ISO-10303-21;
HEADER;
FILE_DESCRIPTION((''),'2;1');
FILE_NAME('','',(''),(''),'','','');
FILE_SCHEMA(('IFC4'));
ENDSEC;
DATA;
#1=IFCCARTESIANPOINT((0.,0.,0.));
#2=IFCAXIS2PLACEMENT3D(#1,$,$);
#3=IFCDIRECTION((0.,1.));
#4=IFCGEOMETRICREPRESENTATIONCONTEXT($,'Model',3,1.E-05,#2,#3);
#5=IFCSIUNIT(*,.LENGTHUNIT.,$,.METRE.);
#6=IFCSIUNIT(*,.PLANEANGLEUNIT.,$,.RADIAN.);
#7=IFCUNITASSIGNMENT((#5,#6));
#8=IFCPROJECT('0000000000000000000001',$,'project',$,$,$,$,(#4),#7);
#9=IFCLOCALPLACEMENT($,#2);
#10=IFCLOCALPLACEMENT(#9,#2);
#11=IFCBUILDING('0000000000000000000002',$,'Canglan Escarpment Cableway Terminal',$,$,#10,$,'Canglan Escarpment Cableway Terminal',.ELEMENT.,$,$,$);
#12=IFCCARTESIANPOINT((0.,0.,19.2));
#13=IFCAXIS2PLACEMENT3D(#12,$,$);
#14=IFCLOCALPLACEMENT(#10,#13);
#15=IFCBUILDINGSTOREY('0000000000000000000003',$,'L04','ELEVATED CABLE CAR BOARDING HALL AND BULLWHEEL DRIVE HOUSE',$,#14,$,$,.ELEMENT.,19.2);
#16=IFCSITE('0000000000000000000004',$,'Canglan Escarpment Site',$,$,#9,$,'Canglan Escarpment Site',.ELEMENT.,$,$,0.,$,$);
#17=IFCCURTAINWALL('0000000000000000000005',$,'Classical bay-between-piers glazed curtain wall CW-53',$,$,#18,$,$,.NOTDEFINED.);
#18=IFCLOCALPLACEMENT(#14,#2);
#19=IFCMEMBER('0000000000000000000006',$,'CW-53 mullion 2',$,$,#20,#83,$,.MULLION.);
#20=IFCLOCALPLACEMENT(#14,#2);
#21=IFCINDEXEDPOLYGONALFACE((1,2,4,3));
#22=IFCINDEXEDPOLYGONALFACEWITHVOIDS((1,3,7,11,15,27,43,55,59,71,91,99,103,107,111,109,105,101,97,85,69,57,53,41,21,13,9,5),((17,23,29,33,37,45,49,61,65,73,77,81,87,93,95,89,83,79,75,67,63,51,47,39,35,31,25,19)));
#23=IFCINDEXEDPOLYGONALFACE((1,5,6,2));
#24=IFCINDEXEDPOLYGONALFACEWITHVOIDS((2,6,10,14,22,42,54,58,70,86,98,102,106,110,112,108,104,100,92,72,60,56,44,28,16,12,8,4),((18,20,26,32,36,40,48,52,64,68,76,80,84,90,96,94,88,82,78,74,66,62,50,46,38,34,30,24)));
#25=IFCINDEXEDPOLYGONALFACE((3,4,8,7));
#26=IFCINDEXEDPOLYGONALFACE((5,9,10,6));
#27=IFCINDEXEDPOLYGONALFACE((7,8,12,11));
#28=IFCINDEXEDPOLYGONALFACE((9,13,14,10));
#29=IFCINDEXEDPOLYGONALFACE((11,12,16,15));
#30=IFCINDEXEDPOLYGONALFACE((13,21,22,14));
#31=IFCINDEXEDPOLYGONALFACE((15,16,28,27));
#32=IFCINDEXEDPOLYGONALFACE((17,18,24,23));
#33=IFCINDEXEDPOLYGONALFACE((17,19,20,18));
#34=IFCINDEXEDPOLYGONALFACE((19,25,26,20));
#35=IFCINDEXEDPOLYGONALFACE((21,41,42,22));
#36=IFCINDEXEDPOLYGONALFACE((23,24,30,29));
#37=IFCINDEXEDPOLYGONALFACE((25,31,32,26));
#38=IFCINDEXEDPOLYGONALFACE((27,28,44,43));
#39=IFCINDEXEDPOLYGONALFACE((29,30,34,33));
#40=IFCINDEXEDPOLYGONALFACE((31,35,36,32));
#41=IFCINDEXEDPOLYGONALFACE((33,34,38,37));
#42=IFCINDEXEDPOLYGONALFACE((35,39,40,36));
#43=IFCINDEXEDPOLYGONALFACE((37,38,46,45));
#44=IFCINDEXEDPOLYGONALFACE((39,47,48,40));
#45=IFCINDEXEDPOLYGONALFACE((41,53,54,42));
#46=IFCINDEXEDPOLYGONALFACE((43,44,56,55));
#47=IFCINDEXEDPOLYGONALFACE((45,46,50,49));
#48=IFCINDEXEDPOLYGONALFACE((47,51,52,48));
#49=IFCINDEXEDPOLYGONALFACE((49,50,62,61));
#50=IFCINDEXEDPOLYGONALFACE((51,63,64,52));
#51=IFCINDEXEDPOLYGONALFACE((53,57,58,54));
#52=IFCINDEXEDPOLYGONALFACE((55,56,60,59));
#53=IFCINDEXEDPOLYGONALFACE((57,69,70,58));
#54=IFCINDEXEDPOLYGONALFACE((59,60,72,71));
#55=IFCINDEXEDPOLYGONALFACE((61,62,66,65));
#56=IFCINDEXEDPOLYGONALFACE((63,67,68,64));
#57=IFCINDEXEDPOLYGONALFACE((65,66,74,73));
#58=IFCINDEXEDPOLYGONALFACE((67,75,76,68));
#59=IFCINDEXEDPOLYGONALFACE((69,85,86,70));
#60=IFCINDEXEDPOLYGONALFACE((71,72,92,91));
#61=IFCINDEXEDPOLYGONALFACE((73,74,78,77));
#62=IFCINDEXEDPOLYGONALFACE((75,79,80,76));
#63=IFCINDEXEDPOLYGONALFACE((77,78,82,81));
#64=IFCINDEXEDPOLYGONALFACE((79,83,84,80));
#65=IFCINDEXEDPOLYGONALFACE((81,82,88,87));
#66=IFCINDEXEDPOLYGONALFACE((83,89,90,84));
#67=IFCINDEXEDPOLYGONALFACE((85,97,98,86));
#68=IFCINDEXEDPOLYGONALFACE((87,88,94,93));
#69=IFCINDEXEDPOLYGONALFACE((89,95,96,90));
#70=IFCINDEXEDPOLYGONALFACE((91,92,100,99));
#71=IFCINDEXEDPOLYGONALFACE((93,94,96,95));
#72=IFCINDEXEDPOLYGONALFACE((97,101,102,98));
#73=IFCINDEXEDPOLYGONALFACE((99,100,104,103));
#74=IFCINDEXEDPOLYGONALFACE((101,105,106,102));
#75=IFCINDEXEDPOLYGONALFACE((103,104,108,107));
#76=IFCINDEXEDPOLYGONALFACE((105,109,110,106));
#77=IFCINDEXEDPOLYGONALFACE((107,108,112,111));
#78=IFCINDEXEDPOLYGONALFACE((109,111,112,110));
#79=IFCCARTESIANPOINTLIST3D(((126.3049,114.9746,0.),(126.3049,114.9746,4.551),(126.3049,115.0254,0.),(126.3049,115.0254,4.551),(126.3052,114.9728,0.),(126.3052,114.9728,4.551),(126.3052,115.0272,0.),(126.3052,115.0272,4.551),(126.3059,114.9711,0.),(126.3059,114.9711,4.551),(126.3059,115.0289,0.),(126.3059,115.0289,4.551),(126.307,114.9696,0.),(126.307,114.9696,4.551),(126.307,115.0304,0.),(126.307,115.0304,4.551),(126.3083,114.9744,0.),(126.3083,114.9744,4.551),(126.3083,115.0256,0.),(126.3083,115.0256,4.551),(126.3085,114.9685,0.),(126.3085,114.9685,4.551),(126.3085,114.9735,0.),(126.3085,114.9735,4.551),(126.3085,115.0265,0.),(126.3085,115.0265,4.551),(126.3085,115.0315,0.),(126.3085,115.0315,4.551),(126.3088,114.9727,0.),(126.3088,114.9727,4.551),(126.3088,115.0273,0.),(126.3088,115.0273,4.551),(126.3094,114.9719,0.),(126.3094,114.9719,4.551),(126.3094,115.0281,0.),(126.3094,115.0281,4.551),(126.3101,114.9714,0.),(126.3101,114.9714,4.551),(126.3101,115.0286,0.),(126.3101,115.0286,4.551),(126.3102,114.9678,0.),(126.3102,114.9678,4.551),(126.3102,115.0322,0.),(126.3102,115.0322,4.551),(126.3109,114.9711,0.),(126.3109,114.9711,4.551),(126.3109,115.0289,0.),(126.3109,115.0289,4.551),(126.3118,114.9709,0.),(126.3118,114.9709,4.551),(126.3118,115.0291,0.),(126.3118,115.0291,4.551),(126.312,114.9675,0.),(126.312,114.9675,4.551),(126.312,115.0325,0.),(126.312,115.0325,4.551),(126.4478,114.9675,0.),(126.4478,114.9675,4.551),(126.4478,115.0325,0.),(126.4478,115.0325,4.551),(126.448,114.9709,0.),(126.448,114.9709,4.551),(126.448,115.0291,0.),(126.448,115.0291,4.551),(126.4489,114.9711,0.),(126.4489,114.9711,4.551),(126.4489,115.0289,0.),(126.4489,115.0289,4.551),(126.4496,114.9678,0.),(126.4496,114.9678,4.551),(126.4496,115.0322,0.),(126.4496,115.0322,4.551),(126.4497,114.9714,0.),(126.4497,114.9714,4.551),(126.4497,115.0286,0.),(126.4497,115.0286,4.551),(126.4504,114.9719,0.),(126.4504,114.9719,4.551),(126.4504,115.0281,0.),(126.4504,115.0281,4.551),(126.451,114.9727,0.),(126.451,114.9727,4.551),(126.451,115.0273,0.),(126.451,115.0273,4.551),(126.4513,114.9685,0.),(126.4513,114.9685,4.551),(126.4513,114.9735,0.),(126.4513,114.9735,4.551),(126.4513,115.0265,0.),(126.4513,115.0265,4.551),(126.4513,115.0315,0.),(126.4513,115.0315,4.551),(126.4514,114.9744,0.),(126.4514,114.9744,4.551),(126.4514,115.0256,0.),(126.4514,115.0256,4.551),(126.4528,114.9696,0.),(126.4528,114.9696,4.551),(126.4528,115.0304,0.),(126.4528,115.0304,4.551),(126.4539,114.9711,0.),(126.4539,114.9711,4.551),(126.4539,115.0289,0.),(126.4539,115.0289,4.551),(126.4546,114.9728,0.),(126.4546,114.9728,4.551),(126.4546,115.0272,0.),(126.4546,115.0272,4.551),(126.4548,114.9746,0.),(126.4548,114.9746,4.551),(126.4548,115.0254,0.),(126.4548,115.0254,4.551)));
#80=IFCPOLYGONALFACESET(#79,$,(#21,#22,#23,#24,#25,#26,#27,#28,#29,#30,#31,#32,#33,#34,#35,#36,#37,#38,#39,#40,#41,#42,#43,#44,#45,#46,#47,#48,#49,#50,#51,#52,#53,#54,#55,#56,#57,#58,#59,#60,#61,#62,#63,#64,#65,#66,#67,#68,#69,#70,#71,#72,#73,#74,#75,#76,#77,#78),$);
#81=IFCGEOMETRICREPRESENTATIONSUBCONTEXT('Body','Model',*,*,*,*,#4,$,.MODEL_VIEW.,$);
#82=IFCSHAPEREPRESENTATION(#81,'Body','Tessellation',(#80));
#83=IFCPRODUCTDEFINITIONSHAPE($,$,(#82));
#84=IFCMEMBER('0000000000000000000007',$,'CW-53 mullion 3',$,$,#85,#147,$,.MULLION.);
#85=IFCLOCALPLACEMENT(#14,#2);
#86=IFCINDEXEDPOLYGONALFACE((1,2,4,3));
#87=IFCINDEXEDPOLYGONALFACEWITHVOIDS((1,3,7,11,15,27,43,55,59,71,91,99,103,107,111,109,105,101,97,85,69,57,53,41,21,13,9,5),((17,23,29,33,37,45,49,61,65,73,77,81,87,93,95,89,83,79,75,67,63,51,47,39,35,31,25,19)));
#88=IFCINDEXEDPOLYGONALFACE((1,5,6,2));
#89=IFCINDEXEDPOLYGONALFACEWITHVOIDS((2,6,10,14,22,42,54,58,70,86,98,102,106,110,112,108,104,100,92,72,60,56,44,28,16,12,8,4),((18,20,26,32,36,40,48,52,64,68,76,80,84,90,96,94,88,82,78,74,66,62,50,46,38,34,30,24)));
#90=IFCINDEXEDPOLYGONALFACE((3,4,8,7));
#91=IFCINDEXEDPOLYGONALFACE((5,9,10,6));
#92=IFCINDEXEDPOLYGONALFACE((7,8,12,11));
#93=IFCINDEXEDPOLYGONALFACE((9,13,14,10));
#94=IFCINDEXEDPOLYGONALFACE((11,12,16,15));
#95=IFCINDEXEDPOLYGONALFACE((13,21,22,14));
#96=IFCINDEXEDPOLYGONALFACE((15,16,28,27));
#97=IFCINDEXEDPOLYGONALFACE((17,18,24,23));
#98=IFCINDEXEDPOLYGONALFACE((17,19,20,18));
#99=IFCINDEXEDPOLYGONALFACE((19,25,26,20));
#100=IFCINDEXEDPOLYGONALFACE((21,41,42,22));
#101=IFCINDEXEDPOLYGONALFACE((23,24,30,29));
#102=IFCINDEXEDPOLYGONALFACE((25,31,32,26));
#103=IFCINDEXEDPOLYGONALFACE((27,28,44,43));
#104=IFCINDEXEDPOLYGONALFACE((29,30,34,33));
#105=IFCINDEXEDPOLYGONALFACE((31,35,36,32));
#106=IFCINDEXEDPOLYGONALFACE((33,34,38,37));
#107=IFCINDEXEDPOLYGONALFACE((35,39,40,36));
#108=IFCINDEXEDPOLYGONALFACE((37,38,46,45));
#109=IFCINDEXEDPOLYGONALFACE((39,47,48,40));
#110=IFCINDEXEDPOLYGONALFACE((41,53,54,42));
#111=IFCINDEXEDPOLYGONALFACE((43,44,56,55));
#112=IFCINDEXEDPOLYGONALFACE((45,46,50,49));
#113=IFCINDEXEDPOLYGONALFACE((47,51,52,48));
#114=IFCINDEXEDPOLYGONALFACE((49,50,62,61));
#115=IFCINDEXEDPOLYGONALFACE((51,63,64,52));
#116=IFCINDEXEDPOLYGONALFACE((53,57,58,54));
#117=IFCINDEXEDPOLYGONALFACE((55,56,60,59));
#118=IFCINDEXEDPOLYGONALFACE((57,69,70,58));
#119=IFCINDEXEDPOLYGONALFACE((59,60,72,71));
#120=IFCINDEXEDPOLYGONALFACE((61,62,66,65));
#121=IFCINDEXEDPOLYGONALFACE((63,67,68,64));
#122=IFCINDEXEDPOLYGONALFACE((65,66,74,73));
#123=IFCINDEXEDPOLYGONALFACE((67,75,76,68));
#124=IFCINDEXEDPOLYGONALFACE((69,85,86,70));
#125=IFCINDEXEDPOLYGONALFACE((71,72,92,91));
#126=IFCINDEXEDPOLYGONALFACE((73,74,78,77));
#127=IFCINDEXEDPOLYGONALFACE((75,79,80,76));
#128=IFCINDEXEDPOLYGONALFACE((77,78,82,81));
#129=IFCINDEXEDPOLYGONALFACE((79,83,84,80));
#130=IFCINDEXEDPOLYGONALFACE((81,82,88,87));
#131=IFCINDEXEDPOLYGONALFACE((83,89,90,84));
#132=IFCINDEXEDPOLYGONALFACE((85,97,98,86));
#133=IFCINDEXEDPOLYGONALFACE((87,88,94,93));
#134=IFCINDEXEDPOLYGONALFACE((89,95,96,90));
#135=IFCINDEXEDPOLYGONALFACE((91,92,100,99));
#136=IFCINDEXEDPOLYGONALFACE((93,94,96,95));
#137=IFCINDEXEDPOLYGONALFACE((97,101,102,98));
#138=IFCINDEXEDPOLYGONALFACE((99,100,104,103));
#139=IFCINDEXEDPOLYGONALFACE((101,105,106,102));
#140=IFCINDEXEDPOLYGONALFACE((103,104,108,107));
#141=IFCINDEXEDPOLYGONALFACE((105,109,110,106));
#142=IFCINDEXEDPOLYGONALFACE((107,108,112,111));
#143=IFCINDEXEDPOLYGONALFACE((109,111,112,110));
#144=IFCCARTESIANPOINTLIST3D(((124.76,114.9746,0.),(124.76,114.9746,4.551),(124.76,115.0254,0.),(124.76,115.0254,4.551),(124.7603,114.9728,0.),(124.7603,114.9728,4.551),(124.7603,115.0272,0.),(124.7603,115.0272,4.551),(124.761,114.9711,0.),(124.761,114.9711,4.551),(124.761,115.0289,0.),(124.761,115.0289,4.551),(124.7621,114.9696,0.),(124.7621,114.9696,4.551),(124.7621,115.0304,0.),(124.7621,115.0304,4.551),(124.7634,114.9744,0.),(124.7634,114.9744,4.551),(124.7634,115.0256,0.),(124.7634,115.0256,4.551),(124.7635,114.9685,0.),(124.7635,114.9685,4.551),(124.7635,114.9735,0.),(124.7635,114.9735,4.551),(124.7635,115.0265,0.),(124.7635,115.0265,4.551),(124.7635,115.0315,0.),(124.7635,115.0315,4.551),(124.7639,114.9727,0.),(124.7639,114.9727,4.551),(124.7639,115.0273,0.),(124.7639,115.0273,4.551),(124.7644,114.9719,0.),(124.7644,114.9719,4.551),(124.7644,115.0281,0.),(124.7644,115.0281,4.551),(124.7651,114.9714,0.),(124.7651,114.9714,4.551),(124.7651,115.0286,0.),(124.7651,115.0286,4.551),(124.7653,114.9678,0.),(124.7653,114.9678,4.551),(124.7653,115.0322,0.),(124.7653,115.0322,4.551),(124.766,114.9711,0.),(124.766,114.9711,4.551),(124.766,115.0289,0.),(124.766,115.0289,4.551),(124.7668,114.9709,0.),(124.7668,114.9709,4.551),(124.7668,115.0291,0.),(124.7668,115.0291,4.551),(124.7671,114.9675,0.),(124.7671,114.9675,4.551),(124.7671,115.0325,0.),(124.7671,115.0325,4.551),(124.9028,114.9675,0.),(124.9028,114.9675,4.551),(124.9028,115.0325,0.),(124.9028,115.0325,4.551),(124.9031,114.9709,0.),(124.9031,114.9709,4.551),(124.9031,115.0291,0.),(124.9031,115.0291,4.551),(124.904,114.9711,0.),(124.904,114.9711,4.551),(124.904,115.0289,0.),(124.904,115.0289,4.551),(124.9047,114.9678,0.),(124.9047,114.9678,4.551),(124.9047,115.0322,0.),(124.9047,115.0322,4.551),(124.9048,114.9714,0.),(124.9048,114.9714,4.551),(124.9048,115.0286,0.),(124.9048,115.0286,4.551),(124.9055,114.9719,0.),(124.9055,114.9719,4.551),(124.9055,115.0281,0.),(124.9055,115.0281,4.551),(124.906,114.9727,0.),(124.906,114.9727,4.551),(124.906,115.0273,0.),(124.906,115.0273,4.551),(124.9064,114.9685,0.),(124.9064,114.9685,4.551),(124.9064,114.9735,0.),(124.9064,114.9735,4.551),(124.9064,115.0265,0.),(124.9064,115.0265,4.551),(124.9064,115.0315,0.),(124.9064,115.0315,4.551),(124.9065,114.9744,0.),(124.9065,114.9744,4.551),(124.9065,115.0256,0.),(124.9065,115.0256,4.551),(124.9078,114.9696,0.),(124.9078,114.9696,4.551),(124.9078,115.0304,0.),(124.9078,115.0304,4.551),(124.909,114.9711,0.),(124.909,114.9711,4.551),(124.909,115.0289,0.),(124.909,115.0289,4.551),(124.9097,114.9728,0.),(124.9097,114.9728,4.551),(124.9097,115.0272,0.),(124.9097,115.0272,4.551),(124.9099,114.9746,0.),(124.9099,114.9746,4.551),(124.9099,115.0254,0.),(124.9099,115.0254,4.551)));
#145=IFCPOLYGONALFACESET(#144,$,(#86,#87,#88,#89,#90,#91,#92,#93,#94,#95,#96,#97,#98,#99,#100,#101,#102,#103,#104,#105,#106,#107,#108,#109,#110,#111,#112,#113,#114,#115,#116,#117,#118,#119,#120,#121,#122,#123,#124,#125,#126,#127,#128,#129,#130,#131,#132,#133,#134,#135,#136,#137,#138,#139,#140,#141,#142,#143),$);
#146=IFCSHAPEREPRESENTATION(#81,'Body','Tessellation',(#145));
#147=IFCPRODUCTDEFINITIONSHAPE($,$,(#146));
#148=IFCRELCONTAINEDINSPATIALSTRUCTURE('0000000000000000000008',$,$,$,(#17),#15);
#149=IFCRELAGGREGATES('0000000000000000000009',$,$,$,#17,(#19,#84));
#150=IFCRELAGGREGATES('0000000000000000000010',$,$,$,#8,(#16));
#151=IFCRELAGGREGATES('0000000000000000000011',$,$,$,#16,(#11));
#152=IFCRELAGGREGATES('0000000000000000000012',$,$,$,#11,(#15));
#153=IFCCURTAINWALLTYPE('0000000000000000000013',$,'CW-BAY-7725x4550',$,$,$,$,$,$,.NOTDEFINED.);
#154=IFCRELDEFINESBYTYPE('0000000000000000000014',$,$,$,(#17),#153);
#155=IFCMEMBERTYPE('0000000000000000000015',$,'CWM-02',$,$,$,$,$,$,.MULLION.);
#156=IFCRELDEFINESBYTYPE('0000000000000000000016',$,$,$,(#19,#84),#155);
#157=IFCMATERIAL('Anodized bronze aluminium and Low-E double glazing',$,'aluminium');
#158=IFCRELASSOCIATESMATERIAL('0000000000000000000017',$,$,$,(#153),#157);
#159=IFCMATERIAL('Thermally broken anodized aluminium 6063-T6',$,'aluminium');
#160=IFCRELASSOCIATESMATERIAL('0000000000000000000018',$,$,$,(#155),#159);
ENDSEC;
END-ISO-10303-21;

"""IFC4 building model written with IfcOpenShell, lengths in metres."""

from ifc_helpers import new_model, si_unit, direction, frame, origin, origin_2d, place, context, subcontext, project, spatial, hollow_rectangle, extrude, material, material_profile, profile_set, type_object, element, aggregate, save


model = new_model("IFC4")

# Units and contexts
model_context = context("Model", 3, precision=1e-05, world=origin(), true_north=direction((0.0, 1.0)))
body_context = subcontext(model_context, "Body", "Model", "MODEL_VIEW")
ifc_project = project(units=[si_unit("LENGTHUNIT", "METRE"), si_unit("PLANEANGLEUNIT", "RADIAN")], contexts=[model_context])

# Site, building, storey
site_placement = place(None, origin())
site = spatial("IfcSite", under=ifc_project, at=site_placement, Name="Canglan Escarpment Site", LongName="Canglan Escarpment Site", CompositionType="ELEMENT", RefElevation=0.0)
building_placement = place(site_placement, origin())
building = spatial("IfcBuilding", under=site, at=building_placement, Name="Canglan Escarpment Cableway Terminal", LongName="Canglan Escarpment Cableway Terminal", CompositionType="ELEMENT")
storey_placement = place(building_placement, frame((0.0, 0.0, 19.2)))
storey = spatial("IfcBuildingStorey", under=building, at=storey_placement, Name="L04", Description="ELEVATED CABLE CAR BOARDING HALL AND BULLWHEEL DRIVE HOUSE", CompositionType="ELEMENT", Elevation=19.2)

# Curtain wall, members
ifc_material_1 = material(Name="Anodized bronze aluminium and Low-E double glazing", Category="aluminium")
curtain_wall_type_1 = type_object("IfcCurtainWallType", Name="CW-BAY-7725x4550", PredefinedType="NOTDEFINED", material=ifc_material_1)
curtain_wall_1_placement = place(storey_placement, origin())
curtain_wall_1 = element("IfcCurtainWall", 1, at=curtain_wall_1_placement, inside=storey, type_object=curtain_wall_type_1, Name="Classical bay-between-piers glazed curtain wall CW-53", PredefinedType="NOTDEFINED")
ifc_material_2 = material(Name="Thermally broken anodized aluminium 6063-T6", Category="aluminium")
ifc_material_profile_1 = material_profile(ifc_material_2, hollow_rectangle(XDim=0.0649, YDim=0.1499, WallThickness=0.0034, InnerFilletRadius=0.0034, OuterFilletRadius=0.0071, at=origin_2d()), Name="ALU-MULL 65x150x3.5")
ifc_profile_set_1 = profile_set([ifc_material_profile_1], Name="Thermally broken anodized aluminium 6063-T6")
member_type_1 = type_object("IfcMemberType", Name="CWM-02", PredefinedType="MULLION", material=ifc_profile_set_1)
member_1_placement = place(storey_placement, frame((126.3799, 115.0, 0.0), z_axis=(0.0, 0.0, 1.0), x_axis=(0.0, -1.0, 0.0)))
member_1 = element("IfcMember", 2, at=member_1_placement, type_object=member_type_1, Name="CW-53 mullion 2", PredefinedType="MULLION", context=body_context, shape_type="SweptSolid", body=[
    extrude(hollow_rectangle(XDim=0.0649, YDim=0.1499, WallThickness=0.0034, InnerFilletRadius=0.0034, OuterFilletRadius=0.0071, at=origin_2d()), origin(), (0.0, 0.0, 1.0), 4.551),
])
member_2_placement = place(storey_placement, frame((124.835, 115.0, 0.0), z_axis=(0.0, 0.0, 1.0), x_axis=(0.0, -1.0, 0.0)))
member_2 = element("IfcMember", 3, at=member_2_placement, type_object=member_type_1, Name="CW-53 mullion 3", PredefinedType="MULLION", context=body_context, shape_type="SweptSolid", body=[
    extrude(hollow_rectangle(XDim=0.0649, YDim=0.1499, WallThickness=0.0034, InnerFilletRadius=0.0034, OuterFilletRadius=0.0071, at=origin_2d()), origin(), (0.0, 0.0, 1.0), 4.551),
])

aggregate(curtain_wall_1, [member_1, member_2])

save(model, "model.ifc")
